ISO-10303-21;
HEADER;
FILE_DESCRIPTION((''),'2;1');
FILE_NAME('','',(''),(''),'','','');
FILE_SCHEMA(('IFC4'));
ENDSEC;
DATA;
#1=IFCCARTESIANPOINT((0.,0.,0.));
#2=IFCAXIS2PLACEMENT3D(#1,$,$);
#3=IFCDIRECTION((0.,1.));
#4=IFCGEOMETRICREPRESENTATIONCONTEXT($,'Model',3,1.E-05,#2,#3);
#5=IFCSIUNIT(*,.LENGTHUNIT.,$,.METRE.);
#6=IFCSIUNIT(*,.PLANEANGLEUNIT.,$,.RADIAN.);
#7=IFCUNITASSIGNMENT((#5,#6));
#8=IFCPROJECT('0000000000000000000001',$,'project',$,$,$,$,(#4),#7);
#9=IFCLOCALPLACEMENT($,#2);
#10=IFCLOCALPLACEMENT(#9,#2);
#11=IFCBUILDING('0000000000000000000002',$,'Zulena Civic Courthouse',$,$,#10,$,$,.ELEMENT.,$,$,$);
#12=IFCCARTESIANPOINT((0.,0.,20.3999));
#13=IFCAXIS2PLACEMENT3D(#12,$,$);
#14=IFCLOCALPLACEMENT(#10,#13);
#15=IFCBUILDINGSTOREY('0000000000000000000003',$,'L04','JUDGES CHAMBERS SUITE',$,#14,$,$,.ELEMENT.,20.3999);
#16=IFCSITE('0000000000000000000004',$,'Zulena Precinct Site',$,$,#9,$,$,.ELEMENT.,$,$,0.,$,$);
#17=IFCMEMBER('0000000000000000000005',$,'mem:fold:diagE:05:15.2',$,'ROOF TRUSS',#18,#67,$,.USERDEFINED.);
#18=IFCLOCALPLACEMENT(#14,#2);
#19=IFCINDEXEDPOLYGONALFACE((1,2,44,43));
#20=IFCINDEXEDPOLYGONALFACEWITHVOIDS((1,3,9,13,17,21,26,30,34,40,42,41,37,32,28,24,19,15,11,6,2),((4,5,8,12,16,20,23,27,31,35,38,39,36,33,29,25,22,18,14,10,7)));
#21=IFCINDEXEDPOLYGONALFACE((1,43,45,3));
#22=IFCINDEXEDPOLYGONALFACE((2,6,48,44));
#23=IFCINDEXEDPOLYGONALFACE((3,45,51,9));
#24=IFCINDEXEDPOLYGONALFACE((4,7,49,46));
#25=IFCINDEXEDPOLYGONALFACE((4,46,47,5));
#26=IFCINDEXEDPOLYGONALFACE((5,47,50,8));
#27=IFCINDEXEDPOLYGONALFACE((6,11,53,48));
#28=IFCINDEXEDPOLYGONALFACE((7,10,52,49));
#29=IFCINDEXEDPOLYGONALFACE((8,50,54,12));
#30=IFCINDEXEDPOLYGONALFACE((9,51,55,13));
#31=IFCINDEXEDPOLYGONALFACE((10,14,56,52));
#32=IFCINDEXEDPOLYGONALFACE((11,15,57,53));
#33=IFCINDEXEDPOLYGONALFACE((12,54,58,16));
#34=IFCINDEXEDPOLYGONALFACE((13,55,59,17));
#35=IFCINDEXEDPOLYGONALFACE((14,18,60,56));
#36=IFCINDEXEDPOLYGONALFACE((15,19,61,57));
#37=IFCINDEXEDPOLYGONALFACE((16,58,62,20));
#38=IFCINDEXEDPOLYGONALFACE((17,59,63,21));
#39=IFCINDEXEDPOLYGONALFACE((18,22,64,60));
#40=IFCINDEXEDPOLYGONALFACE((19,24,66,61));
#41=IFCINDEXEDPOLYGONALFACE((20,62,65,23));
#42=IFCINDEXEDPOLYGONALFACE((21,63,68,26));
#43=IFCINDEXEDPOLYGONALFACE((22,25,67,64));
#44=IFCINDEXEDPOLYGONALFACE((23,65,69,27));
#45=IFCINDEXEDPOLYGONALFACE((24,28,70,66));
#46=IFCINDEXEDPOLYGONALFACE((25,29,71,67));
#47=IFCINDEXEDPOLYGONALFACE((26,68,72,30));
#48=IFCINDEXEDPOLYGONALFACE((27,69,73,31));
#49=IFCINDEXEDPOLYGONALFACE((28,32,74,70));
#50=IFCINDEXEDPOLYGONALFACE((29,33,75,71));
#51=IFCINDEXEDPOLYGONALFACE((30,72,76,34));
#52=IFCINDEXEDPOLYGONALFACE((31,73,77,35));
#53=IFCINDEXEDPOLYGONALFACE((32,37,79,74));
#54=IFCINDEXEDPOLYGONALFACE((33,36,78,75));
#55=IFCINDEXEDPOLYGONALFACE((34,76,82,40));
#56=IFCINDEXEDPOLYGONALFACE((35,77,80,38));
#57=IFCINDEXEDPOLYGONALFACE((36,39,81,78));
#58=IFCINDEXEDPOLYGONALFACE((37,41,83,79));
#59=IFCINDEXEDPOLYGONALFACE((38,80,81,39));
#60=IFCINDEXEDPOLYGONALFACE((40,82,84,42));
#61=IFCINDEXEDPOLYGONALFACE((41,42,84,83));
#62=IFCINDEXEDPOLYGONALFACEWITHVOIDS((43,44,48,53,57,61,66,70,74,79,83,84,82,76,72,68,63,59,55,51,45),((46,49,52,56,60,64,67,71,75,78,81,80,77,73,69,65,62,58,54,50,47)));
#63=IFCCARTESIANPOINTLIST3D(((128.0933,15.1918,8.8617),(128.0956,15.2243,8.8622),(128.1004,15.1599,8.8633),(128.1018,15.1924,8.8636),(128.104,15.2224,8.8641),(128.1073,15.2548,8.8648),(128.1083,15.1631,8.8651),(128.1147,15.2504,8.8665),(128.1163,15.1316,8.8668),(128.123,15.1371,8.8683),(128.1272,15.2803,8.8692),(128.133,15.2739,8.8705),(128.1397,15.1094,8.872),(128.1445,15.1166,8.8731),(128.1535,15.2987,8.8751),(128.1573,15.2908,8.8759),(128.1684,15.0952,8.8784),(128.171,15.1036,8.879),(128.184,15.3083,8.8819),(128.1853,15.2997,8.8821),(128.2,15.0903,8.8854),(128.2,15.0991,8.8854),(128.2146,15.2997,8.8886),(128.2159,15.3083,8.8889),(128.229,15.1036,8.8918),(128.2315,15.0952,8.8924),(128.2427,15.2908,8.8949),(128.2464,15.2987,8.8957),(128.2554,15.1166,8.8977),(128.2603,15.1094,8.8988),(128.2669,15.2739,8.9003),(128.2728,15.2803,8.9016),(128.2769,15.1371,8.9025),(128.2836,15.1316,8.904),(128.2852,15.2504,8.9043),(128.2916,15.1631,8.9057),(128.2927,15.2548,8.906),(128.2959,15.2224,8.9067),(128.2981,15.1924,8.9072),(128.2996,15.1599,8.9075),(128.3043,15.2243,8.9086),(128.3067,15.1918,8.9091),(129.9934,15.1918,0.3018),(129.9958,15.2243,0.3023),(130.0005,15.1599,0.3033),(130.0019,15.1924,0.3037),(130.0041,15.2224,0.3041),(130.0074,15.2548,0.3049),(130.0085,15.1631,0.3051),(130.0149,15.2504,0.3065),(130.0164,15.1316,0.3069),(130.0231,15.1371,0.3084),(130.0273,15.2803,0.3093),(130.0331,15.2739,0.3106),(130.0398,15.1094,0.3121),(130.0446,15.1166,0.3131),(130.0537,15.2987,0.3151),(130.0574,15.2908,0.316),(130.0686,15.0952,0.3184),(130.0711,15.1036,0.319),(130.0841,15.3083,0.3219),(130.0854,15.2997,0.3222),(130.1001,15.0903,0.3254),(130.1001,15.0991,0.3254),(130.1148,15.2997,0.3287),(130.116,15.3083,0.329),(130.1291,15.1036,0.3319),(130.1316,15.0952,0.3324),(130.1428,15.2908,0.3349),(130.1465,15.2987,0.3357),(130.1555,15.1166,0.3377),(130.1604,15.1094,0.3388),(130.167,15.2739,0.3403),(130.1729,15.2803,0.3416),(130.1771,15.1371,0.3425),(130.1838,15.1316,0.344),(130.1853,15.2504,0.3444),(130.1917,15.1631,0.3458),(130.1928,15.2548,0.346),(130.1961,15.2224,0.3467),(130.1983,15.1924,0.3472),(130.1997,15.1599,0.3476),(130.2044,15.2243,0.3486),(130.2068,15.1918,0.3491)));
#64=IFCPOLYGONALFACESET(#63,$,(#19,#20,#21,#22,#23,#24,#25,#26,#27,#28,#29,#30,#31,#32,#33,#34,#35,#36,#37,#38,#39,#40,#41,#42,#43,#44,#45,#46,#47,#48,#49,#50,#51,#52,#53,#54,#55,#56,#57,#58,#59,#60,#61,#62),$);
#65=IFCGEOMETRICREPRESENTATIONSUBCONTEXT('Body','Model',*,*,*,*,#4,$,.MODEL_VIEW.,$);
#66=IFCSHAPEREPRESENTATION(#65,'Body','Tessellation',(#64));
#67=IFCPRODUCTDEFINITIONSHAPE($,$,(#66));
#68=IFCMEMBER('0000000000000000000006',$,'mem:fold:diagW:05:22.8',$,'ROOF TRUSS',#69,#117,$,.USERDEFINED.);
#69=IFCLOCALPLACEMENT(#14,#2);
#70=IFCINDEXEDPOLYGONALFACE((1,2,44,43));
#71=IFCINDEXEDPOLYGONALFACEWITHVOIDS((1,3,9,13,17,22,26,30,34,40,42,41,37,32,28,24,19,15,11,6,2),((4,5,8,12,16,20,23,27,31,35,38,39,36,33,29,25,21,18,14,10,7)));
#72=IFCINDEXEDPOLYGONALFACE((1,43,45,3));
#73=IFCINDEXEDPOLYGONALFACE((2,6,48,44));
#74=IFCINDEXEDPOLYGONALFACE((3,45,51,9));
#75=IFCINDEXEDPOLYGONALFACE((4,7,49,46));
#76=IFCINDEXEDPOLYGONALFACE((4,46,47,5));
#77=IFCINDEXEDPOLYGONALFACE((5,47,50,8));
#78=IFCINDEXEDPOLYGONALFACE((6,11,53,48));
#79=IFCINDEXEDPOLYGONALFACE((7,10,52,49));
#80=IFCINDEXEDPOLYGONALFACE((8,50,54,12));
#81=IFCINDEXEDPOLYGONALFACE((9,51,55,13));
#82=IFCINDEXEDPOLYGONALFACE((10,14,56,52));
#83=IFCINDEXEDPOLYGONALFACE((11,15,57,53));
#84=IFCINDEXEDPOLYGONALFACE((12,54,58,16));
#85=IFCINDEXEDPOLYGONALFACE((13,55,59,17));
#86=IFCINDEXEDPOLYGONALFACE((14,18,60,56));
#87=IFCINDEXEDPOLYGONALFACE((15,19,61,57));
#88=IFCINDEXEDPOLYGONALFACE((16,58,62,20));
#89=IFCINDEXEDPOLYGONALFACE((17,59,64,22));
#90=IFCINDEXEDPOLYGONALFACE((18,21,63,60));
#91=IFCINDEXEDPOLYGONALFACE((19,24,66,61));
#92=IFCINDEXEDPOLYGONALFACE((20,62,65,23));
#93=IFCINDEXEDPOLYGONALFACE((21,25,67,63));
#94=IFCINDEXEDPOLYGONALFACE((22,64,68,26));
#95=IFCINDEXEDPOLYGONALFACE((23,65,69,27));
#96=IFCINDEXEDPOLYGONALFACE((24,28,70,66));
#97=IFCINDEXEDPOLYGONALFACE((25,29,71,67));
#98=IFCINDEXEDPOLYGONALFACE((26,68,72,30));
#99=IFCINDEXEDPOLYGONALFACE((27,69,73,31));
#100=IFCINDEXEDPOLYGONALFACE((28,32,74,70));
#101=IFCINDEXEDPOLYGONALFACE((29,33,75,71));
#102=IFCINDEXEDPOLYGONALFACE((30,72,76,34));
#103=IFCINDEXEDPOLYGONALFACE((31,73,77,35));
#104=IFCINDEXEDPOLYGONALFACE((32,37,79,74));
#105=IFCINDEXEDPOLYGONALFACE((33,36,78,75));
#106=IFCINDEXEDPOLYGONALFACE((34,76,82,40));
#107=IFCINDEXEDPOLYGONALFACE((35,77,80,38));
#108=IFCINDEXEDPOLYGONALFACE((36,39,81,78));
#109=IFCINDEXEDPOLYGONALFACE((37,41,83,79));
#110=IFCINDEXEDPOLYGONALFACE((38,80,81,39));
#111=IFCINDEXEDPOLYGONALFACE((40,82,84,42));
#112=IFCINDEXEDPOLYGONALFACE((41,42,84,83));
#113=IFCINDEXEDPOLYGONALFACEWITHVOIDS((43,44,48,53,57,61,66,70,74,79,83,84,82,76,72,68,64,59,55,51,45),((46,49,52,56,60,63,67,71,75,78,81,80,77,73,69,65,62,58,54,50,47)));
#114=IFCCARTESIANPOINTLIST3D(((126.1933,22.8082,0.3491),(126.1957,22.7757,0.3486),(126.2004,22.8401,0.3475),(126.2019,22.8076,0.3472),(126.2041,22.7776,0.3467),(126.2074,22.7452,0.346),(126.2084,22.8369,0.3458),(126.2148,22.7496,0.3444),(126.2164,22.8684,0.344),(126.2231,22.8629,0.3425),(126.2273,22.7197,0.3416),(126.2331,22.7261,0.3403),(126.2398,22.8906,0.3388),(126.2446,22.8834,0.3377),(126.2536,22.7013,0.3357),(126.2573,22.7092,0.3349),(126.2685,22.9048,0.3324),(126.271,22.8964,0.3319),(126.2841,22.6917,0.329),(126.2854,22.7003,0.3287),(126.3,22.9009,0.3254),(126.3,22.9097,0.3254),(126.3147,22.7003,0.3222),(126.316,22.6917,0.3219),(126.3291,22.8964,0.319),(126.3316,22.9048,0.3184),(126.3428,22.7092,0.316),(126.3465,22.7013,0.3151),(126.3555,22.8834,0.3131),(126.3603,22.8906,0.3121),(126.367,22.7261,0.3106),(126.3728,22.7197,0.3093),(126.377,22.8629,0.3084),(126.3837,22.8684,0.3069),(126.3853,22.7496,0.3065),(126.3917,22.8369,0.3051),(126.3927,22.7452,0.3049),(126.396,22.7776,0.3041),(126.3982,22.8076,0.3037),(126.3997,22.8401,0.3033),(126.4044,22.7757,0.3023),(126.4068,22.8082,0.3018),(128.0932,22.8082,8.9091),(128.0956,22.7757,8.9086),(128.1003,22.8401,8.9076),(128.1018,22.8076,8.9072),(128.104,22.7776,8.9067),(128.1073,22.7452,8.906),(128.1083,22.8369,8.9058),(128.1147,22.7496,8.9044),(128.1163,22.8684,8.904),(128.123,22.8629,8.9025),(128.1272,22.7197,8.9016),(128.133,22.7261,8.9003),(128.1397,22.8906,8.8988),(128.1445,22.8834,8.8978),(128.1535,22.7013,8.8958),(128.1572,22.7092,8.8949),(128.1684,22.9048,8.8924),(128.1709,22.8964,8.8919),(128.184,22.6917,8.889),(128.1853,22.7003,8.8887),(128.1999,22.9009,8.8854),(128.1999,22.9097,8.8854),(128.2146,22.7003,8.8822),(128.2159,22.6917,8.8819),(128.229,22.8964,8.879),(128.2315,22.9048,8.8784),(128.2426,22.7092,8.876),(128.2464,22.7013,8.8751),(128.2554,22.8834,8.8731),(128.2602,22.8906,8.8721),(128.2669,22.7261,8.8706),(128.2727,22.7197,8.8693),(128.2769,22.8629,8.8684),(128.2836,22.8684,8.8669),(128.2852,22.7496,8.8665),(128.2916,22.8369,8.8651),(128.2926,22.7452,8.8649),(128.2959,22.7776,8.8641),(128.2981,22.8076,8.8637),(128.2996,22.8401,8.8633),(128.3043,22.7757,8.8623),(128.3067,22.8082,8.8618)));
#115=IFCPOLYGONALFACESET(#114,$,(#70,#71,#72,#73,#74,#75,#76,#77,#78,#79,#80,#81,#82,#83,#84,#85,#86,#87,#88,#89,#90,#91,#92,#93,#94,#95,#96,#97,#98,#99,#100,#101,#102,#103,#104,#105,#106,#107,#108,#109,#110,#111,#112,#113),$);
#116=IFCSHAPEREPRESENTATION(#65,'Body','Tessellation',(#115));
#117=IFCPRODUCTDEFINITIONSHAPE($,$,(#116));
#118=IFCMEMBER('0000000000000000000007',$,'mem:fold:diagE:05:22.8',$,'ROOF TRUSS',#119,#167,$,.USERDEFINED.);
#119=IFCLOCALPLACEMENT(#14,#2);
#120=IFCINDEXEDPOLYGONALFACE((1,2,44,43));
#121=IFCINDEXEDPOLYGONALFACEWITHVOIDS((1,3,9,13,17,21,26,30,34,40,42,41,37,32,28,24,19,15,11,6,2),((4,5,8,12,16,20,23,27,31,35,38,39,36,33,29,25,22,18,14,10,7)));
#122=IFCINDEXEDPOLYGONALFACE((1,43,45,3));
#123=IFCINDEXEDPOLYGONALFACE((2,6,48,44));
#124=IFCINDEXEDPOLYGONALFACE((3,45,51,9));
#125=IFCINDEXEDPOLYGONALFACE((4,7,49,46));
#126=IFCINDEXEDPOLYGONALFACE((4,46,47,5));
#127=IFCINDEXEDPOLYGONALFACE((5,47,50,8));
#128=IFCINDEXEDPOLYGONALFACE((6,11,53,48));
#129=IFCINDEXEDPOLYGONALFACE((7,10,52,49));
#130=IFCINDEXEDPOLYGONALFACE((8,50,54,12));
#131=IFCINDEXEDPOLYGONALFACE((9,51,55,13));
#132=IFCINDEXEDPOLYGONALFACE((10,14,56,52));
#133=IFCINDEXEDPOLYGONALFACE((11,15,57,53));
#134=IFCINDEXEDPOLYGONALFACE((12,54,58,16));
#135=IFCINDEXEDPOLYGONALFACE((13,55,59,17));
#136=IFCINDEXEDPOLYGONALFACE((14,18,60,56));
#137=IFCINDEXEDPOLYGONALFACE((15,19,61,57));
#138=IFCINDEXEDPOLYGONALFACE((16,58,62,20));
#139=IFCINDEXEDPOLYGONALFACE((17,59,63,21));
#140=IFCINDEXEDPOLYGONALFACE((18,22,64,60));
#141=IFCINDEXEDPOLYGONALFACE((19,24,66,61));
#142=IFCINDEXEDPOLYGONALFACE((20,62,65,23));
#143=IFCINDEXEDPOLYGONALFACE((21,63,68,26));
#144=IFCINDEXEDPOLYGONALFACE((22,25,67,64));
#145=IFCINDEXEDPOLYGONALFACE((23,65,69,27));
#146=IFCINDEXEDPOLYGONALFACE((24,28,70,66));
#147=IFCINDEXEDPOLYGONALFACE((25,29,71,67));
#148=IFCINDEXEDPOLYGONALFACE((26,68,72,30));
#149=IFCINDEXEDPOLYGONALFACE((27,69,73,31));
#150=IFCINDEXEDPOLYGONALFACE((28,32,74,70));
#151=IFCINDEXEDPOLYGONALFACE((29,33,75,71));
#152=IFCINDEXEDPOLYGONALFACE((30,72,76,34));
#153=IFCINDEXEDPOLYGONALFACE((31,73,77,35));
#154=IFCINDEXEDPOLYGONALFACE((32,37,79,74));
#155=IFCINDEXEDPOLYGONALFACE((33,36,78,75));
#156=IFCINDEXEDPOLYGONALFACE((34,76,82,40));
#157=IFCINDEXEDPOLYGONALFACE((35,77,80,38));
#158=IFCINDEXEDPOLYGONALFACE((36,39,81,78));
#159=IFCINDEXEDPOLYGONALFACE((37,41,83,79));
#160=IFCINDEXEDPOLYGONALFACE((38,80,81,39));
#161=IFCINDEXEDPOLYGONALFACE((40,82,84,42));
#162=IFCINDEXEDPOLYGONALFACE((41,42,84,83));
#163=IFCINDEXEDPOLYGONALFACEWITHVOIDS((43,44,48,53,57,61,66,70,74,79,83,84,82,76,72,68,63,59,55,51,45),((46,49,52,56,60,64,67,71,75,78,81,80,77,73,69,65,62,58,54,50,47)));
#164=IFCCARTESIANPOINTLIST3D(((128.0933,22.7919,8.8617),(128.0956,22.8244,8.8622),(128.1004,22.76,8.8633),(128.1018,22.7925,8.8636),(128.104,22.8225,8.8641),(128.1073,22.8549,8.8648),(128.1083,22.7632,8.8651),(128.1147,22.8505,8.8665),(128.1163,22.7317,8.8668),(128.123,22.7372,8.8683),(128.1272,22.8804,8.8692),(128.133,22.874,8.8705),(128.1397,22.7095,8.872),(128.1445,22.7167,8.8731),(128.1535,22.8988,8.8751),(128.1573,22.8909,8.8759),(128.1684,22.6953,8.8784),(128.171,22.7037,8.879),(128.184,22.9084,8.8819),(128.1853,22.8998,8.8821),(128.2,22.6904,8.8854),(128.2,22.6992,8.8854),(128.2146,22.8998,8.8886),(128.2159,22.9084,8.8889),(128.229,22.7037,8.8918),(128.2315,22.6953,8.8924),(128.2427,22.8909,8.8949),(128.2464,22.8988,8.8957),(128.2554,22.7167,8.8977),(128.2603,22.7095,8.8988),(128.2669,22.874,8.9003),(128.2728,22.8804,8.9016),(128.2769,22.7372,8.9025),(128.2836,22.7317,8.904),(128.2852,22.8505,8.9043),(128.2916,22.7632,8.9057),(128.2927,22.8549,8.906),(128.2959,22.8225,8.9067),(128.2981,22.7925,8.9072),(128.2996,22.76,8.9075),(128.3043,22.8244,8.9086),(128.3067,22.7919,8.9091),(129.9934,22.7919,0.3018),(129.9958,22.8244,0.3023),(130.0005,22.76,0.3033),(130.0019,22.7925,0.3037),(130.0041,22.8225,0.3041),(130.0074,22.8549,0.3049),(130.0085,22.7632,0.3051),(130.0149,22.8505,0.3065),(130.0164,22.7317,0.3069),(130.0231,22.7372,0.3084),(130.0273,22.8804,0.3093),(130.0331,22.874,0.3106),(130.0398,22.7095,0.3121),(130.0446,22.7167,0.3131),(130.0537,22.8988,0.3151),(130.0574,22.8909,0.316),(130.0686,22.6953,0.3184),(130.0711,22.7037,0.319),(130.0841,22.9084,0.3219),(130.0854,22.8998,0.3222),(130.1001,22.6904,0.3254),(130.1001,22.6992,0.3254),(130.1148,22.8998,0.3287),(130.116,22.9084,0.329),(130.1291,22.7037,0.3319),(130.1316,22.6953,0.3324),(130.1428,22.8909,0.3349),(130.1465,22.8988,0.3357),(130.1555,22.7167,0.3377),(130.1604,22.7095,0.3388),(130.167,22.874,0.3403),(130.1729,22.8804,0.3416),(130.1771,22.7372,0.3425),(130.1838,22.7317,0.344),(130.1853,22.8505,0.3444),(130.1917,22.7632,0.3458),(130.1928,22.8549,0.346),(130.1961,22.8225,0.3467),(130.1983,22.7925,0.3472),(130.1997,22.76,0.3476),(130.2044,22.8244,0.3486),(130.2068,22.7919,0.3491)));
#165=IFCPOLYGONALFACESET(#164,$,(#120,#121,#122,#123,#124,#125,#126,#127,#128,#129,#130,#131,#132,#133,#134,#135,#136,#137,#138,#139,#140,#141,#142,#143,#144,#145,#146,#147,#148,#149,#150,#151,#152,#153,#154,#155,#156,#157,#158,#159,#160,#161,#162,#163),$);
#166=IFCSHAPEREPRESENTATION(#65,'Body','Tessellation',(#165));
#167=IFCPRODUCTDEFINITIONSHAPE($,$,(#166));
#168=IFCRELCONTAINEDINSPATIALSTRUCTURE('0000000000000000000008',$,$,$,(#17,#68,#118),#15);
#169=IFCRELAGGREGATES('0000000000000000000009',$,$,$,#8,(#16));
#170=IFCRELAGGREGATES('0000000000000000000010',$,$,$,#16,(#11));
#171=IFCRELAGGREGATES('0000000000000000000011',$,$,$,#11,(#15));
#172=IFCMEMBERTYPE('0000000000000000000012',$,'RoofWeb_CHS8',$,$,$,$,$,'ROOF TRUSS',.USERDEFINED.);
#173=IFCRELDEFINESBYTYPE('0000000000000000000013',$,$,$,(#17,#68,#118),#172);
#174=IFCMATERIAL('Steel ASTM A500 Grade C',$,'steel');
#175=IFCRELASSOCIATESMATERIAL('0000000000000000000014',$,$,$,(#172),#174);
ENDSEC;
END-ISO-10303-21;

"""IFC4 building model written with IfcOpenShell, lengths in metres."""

from ifc_helpers import new_model, si_unit, direction, frame, origin, origin_2d, place, context, subcontext, project, spatial, hollow_circle, extrude, material, material_profile, profile_set, type_object, element, save


model = new_model("IFC4")

# Units and contexts
model_context = context("Model", 3, precision=1e-05, world=origin(), true_north=direction((0.0, 1.0)))
body_context = subcontext(model_context, "Body", "Model", "MODEL_VIEW")
ifc_project = project(units=[si_unit("LENGTHUNIT", "METRE"), si_unit("PLANEANGLEUNIT", "RADIAN")], contexts=[model_context])

# Site, building, storey
site_placement = place(None, origin())
site = spatial("IfcSite", under=ifc_project, at=site_placement, Name="Zulena Precinct Site", CompositionType="ELEMENT", RefElevation=0.0)
building_placement = place(site_placement, origin())
building = spatial("IfcBuilding", under=site, at=building_placement, Name="Zulena Civic Courthouse", CompositionType="ELEMENT")
storey_placement = place(building_placement, frame((0.0, 0.0, 20.3999)))
storey = spatial("IfcBuildingStorey", under=building, at=storey_placement, Name="L04", Description="JUDGES CHAMBERS SUITE", CompositionType="ELEMENT", Elevation=20.3999)

# Members
ifc_material_1 = material(Name="Steel ASTM A500 Grade C", Category="steel")
ifc_material_profile_1 = material_profile(ifc_material_1, hollow_circle(Radius=0.1096, WallThickness=0.0088, at=origin_2d()), Name="HSS8.625X0.375")
ifc_profile_set_1 = profile_set([ifc_material_profile_1], Name="Steel ASTM A500 Grade C")
member_type_1 = type_object("IfcMemberType", Name="RoofWeb_CHS8", ElementType="ROOF TRUSS", PredefinedType="USERDEFINED", material=ifc_profile_set_1)
for number, where, z_axis, x_axis, name in (
    (1, (130.1001, 15.2, 0.3254), (-0.216703, 0.0, 0.976237), (0.0, -1.0, 0.0), "mem:fold:diagE:05:15.2"),
    (2, (126.3, 22.8, 0.3254), (0.216677, 0.0, 0.976243), (0.0, 1.0, 0.0), "mem:fold:diagW:05:22.8"),
    (3, (130.1001, 22.8, 0.3254), (-0.216703, 0.0, 0.976237), (0.0, -1.0, 0.0), "mem:fold:diagE:05:22.8"),
):
    element("IfcMember", number, at=place(storey_placement, frame(where, z_axis=z_axis, x_axis=x_axis)), inside=storey, type_object=member_type_1, Name=name, ObjectType="ROOF TRUSS", PredefinedType="USERDEFINED", context=body_context, shape_type="SweptSolid", body=[
        extrude(hollow_circle(Radius=0.1096, WallThickness=0.0088, at=origin_2d()), origin(), (0.0, 0.0, 1.0), 8.7683),
    ])

save(model, "model.ifc")
